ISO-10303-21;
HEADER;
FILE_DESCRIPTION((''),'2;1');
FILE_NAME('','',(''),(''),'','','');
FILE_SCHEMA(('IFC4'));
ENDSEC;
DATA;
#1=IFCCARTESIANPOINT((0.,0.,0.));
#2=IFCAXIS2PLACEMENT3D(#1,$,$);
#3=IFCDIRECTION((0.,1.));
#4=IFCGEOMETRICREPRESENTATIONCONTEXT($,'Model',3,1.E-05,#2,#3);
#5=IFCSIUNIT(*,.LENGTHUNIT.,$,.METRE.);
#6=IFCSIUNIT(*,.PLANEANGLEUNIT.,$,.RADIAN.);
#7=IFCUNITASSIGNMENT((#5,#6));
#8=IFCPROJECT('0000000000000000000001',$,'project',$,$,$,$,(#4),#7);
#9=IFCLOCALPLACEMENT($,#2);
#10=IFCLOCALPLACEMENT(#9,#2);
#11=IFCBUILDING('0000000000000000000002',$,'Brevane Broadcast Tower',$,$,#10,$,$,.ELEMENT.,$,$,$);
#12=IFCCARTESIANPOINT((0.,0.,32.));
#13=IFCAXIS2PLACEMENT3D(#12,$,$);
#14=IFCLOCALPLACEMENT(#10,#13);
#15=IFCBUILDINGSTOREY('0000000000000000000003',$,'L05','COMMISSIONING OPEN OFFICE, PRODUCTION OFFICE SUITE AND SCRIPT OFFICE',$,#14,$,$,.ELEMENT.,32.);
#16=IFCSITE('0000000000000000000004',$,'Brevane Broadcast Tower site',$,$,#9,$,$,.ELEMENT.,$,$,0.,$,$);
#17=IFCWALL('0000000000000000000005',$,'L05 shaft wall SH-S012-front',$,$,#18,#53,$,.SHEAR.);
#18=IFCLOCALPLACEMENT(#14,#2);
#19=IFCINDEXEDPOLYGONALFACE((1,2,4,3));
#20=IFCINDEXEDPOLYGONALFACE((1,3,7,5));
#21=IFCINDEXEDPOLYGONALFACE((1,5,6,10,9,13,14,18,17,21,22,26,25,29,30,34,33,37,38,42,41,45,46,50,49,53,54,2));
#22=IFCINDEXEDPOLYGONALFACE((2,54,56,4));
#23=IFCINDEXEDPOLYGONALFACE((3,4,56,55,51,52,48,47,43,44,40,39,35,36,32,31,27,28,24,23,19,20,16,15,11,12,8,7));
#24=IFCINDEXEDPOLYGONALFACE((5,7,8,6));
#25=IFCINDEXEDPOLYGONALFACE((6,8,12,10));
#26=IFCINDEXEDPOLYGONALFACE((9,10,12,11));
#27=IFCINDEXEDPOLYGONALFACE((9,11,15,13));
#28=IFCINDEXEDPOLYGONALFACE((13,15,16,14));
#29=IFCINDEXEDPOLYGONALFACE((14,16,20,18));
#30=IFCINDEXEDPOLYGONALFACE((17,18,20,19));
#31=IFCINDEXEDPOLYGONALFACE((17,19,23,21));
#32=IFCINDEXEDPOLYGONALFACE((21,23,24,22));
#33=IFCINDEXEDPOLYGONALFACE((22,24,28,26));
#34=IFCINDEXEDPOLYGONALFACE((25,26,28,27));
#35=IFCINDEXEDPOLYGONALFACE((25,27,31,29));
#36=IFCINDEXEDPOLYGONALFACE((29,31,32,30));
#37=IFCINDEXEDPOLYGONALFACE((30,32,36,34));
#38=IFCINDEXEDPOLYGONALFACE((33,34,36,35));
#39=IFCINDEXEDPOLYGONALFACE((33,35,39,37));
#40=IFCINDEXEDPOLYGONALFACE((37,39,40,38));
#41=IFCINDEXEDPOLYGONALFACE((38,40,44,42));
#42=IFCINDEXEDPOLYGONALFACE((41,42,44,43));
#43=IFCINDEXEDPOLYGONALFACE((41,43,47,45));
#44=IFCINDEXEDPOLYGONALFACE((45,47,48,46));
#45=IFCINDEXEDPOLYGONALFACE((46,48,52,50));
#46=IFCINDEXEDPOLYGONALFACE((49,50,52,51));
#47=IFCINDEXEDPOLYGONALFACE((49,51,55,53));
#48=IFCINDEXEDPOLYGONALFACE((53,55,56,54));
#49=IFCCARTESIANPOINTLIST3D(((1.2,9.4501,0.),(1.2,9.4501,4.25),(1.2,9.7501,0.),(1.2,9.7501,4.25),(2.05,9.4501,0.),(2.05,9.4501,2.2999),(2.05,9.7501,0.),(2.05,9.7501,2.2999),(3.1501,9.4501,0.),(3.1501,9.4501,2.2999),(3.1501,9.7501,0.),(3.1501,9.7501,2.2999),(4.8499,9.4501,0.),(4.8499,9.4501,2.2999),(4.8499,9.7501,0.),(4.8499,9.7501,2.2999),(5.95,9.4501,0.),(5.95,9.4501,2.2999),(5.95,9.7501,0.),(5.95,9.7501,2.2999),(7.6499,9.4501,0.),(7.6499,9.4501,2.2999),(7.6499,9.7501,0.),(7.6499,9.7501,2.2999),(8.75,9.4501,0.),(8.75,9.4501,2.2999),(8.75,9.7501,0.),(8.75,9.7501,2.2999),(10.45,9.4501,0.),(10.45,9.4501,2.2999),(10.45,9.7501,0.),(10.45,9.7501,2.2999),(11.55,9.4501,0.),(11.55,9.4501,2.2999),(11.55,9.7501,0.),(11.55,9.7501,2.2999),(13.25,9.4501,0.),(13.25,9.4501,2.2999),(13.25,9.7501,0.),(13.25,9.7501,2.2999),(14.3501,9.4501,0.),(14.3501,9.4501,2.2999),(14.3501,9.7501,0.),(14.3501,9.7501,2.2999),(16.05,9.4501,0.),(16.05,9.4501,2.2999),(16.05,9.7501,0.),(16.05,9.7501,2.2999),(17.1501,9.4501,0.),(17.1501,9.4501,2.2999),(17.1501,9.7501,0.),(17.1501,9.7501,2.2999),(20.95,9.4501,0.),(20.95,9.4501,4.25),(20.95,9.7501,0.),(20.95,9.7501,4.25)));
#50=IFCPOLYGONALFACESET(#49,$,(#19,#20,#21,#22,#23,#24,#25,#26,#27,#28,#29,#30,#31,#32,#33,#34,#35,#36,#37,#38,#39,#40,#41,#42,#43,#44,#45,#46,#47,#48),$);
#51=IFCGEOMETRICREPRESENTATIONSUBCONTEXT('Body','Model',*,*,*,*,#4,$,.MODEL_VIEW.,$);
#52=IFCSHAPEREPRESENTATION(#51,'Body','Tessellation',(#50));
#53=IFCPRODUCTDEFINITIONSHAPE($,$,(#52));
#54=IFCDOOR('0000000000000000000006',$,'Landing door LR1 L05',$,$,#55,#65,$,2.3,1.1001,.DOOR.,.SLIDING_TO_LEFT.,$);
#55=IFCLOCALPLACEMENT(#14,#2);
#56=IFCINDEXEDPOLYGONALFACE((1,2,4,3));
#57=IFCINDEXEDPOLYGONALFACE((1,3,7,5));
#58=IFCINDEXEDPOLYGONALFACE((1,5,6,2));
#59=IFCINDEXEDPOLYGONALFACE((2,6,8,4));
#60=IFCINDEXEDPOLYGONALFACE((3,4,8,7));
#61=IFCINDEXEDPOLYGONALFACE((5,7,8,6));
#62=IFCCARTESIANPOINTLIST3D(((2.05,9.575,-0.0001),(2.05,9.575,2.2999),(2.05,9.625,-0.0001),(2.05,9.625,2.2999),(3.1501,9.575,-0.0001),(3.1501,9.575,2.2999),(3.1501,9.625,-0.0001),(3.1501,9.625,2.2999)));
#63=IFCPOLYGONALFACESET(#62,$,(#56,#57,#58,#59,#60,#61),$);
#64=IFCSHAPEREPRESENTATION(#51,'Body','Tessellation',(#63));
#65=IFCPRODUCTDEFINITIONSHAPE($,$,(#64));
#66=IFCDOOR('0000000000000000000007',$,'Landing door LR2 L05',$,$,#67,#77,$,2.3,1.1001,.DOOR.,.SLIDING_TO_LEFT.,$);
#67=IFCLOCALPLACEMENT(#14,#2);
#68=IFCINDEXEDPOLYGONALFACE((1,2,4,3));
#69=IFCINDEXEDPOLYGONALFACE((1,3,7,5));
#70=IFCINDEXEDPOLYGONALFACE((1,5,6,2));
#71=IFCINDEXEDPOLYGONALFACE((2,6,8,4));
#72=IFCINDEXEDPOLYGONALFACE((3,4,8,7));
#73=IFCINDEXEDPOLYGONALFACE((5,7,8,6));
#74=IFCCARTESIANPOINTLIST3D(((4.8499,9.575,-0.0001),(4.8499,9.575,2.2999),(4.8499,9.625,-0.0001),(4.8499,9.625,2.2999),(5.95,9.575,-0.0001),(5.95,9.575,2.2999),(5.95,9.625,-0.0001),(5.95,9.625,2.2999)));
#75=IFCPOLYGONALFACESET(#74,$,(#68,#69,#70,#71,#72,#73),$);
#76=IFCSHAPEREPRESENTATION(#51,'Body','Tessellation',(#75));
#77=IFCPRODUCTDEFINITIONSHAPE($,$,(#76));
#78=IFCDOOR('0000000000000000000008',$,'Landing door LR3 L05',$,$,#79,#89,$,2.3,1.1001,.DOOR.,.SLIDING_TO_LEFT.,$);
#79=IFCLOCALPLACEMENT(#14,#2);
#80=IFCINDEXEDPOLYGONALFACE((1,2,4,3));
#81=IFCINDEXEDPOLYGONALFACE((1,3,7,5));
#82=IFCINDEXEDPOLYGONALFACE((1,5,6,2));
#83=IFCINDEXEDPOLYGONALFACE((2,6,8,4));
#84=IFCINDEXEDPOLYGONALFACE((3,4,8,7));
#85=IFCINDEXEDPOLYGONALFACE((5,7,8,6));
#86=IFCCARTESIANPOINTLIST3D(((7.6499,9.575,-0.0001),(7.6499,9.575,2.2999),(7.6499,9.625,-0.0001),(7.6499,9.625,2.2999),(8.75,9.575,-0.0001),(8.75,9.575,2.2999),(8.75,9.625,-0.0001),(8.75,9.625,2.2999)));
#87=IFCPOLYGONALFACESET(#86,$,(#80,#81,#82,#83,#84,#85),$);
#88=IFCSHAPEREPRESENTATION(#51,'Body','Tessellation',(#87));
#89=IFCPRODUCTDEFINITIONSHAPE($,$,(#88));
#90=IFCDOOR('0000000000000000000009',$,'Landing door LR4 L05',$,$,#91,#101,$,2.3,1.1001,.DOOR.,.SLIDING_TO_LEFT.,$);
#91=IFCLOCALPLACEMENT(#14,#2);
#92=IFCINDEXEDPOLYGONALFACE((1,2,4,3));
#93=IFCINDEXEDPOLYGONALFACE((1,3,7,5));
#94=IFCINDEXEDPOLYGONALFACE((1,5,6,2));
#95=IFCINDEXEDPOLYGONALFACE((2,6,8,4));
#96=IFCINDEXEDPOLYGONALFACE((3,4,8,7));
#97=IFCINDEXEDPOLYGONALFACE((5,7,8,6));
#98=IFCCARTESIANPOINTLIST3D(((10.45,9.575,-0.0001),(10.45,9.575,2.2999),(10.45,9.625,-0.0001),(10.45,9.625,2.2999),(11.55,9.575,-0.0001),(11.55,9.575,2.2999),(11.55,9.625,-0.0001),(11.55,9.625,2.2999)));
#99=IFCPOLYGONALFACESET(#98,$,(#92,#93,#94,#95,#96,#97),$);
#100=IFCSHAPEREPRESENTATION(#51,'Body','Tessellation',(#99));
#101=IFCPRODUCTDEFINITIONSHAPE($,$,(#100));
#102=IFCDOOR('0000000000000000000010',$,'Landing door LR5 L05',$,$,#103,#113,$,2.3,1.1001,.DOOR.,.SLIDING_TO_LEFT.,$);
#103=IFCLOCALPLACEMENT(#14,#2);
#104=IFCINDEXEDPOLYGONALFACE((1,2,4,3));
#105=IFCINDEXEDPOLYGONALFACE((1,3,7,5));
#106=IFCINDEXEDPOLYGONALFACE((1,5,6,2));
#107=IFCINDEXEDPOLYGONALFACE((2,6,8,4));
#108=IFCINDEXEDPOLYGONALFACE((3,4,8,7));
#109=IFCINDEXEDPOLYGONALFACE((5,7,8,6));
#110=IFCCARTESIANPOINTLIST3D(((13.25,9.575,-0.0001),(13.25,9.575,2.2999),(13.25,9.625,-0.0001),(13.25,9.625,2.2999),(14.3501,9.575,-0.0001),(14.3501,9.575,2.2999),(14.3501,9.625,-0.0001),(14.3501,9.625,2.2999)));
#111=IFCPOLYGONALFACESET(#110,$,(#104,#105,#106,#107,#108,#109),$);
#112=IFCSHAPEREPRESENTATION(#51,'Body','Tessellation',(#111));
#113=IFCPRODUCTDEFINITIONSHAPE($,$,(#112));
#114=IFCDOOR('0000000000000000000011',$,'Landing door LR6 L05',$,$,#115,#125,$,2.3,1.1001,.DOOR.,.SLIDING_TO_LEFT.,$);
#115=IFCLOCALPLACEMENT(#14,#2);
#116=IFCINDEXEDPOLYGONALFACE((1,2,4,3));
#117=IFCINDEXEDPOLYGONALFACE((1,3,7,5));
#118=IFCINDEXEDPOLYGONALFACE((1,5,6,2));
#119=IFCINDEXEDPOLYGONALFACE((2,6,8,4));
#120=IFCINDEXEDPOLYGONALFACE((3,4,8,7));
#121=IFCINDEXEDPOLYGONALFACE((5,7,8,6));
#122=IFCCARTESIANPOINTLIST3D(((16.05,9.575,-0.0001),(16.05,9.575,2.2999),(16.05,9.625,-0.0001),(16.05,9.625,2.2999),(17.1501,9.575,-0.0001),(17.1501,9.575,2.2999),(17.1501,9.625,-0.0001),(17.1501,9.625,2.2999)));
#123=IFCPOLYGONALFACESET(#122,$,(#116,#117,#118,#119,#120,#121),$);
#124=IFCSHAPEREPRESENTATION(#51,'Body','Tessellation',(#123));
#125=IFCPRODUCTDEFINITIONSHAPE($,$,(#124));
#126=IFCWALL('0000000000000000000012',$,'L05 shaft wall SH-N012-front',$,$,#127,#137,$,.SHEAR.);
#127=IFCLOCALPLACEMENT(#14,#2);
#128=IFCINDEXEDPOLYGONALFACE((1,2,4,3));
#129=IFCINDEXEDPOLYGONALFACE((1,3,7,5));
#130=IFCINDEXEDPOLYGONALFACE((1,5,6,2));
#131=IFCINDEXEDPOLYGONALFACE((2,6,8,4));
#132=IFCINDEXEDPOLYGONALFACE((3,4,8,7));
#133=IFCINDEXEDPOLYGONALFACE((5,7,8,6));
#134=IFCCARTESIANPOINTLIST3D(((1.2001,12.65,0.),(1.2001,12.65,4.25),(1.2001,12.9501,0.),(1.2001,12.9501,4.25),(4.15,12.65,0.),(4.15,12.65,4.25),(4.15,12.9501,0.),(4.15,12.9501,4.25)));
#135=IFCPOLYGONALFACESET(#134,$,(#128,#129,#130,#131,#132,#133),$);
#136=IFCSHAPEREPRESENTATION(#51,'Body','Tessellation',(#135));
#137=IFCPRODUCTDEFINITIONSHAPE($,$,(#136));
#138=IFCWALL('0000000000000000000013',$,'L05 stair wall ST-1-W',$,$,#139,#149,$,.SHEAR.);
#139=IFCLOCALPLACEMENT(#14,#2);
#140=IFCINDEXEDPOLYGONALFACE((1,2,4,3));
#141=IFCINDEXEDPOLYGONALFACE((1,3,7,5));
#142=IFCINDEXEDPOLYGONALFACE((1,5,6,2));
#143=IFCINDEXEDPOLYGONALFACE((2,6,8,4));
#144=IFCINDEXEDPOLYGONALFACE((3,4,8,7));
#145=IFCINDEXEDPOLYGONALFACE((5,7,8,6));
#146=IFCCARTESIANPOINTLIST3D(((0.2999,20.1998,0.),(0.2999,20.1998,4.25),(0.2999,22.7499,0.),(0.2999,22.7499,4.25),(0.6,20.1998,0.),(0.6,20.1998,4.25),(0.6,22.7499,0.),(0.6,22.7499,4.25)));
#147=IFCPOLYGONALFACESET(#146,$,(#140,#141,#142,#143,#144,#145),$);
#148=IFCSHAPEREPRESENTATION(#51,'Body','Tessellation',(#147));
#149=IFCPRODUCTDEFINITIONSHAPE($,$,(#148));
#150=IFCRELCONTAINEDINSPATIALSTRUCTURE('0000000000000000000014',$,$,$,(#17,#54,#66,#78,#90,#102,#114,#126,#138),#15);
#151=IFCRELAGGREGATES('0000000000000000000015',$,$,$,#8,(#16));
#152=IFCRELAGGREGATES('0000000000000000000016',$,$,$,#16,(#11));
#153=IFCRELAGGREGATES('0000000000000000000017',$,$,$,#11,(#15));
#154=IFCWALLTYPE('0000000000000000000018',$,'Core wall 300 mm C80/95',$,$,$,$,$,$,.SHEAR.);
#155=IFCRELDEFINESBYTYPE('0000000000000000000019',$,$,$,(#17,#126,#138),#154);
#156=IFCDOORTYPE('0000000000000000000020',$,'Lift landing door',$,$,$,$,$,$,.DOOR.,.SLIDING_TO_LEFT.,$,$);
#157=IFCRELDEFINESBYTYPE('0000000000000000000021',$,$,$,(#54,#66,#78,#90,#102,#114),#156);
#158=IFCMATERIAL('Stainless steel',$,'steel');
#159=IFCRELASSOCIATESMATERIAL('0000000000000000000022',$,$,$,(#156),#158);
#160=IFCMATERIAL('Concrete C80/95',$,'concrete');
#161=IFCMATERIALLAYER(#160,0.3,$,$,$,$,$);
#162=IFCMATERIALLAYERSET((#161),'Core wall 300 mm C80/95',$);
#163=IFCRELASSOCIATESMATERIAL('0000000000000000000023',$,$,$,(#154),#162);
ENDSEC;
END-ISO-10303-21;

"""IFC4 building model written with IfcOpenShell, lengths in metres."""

from ifc_helpers import new_model, si_unit, direction, frame, frame_2d, origin, place, context, subcontext, project, spatial, rectangle, extrude, material, layer, layer_set, type_object, element, fill, save


model = new_model("IFC4")

# Units and contexts
model_context = context("Model", 3, precision=1e-05, world=origin(), true_north=direction((0.0, 1.0)))
body_context = subcontext(model_context, "Body", "Model", "MODEL_VIEW")
ifc_project = project(units=[si_unit("LENGTHUNIT", "METRE"), si_unit("PLANEANGLEUNIT", "RADIAN")], contexts=[model_context])

# Site, building, storey
site_placement = place(None, origin())
site = spatial("IfcSite", under=ifc_project, at=site_placement, Name="Brevane Broadcast Tower site", CompositionType="ELEMENT", RefElevation=0.0)
building_placement = place(site_placement, origin())
building = spatial("IfcBuilding", under=site, at=building_placement, Name="Brevane Broadcast Tower", CompositionType="ELEMENT")
storey_placement = place(building_placement, frame((0.0, 0.0, 32.0)))
storey = spatial("IfcBuildingStorey", under=building, at=storey_placement, Name="L05", Description="COMMISSIONING OPEN OFFICE, PRODUCTION OFFICE SUITE AND SCRIPT OFFICE", CompositionType="ELEMENT", Elevation=32.0)

# Shared definitions
ifc_material_1 = material(Name="Concrete C80/95", Category="concrete")
ifc_material_2 = material(Name="Stainless steel", Category="steel")
door_type = type_object("IfcDoorType", Name="Lift landing door", OperationType="SLIDING_TO_LEFT", PredefinedType="DOOR", material=ifc_material_2)

# Wall, openings, doors
ifc_layer_1 = layer(ifc_material_1, 0.3)
ifc_layer_set_1 = layer_set([ifc_layer_1], Name="Core wall 300 mm C80/95")
wall_type_1 = type_object("IfcWallType", Name="Core wall 300 mm C80/95", PredefinedType="SHEAR", material=ifc_layer_set_1)
wall_1_placement = place(storey_placement, frame((1.2, 9.6001, 0.0), z_axis=(0.0, 0.0, 1.0), x_axis=(1.0, 0.0, 0.0)))
wall_1 = element("IfcWall", 1, at=wall_1_placement, inside=storey, type_object=wall_type_1, Name="L05 shaft wall SH-S012-front", PredefinedType="SHEAR", context=body_context, shape_type="SweptSolid", body=[
    extrude(rectangle(XDim=19.75, YDim=0.3, at=frame_2d((9.875, 0.0))), origin(), (0.0, 0.0, 1.0), 4.25),
])
opening_1_placement = place(wall_1_placement, frame((0.8501, 0.0, 0.0)))
opening_1 = element("IfcOpeningElement", 2, at=opening_1_placement, cuts=wall_1, PredefinedType="OPENING", context=body_context, shape_type="SweptSolid", body=[
    extrude(rectangle(XDim=1.1001, YDim=2.3, at=frame_2d((0.55, 1.1499))), frame((0.0, 0.1599, 0.0), z_axis=(0.0, -1.0, 0.0), x_axis=(1.0, 0.0, 0.0)), (0.0, 0.0, 1.0), 0.3201),
])
opening_2_placement = place(wall_1_placement, frame((3.6499, 0.0, 0.0)))
opening_2 = element("IfcOpeningElement", 3, at=opening_2_placement, cuts=wall_1, PredefinedType="OPENING", context=body_context, shape_type="SweptSolid", body=[
    extrude(rectangle(XDim=1.1001, YDim=2.3, at=frame_2d((0.55, 1.1499))), frame((0.0, 0.1599, 0.0), z_axis=(0.0, -1.0, 0.0), x_axis=(1.0, 0.0, 0.0)), (0.0, 0.0, 1.0), 0.3201),
])
opening_3_placement = place(wall_1_placement, frame((6.45, 0.0, 0.0)))
opening_3 = element("IfcOpeningElement", 4, at=opening_3_placement, cuts=wall_1, PredefinedType="OPENING", context=body_context, shape_type="SweptSolid", body=[
    extrude(rectangle(XDim=1.1001, YDim=2.3, at=frame_2d((0.55, 1.1499))), frame((0.0, 0.1599, 0.0), z_axis=(0.0, -1.0, 0.0), x_axis=(1.0, 0.0, 0.0)), (0.0, 0.0, 1.0), 0.3201),
])
opening_4_placement = place(wall_1_placement, frame((9.25, 0.0, 0.0)))
opening_4 = element("IfcOpeningElement", 5, at=opening_4_placement, cuts=wall_1, PredefinedType="OPENING", context=body_context, shape_type="SweptSolid", body=[
    extrude(rectangle(XDim=1.1001, YDim=2.3, at=frame_2d((0.55, 1.1499))), frame((0.0, 0.1599, 0.0), z_axis=(0.0, -1.0, 0.0), x_axis=(1.0, 0.0, 0.0)), (0.0, 0.0, 1.0), 0.3201),
])
opening_5_placement = place(wall_1_placement, frame((12.05, 0.0, 0.0)))
opening_5 = element("IfcOpeningElement", 6, at=opening_5_placement, cuts=wall_1, PredefinedType="OPENING", context=body_context, shape_type="SweptSolid", body=[
    extrude(rectangle(XDim=1.1001, YDim=2.3, at=frame_2d((0.55, 1.1499))), frame((0.0, 0.1599, 0.0), z_axis=(0.0, -1.0, 0.0), x_axis=(1.0, 0.0, 0.0)), (0.0, 0.0, 1.0), 0.3201),
])
opening_6_placement = place(wall_1_placement, frame((14.8501, 0.0, 0.0)))
opening_6 = element("IfcOpeningElement", 7, at=opening_6_placement, cuts=wall_1, PredefinedType="OPENING", context=body_context, shape_type="SweptSolid", body=[
    extrude(rectangle(XDim=1.1001, YDim=2.3, at=frame_2d((0.55, 1.1499))), frame((0.0, 0.1599, 0.0), z_axis=(0.0, -1.0, 0.0), x_axis=(1.0, 0.0, 0.0)), (0.0, 0.0, 1.0), 0.3201),
])
door_1_placement = place(opening_1_placement, origin())
door_1 = element("IfcDoor", 8, at=door_1_placement, inside=storey, type_object=door_type, Name="Landing door LR1 L05", OperationType="SLIDING_TO_LEFT", OverallHeight=2.3, OverallWidth=1.1001, PredefinedType="DOOR", context=body_context, shape_type="SweptSolid", body=[
    extrude(rectangle(XDim=1.1001, YDim=2.3, at=frame_2d((0.55, 1.1499))), frame((0.0, 0.0249, 0.0), z_axis=(0.0, -1.0, 0.0), x_axis=(1.0, 0.0, 0.0)), (0.0, 0.0, 1.0), 0.05),
])
fill(opening_1, door_1)
door_2_placement = place(opening_2_placement, origin())
door_2 = element("IfcDoor", 9, at=door_2_placement, inside=storey, type_object=door_type, Name="Landing door LR2 L05", OperationType="SLIDING_TO_LEFT", OverallHeight=2.3, OverallWidth=1.1001, PredefinedType="DOOR", context=body_context, shape_type="SweptSolid", body=[
    extrude(rectangle(XDim=1.1001, YDim=2.3, at=frame_2d((0.55, 1.1499))), frame((0.0, 0.0249, 0.0), z_axis=(0.0, -1.0, 0.0), x_axis=(1.0, 0.0, 0.0)), (0.0, 0.0, 1.0), 0.05),
])
fill(opening_2, door_2)
door_3_placement = place(opening_3_placement, origin())
door_3 = element("IfcDoor", 10, at=door_3_placement, inside=storey, type_object=door_type, Name="Landing door LR3 L05", OperationType="SLIDING_TO_LEFT", OverallHeight=2.3, OverallWidth=1.1001, PredefinedType="DOOR", context=body_context, shape_type="SweptSolid", body=[
    extrude(rectangle(XDim=1.1001, YDim=2.3, at=frame_2d((0.55, 1.1499))), frame((0.0, 0.0249, 0.0), z_axis=(0.0, -1.0, 0.0), x_axis=(1.0, 0.0, 0.0)), (0.0, 0.0, 1.0), 0.05),
])
fill(opening_3, door_3)
door_4_placement = place(opening_4_placement, origin())
door_4 = element("IfcDoor", 11, at=door_4_placement, inside=storey, type_object=door_type, Name="Landing door LR4 L05", OperationType="SLIDING_TO_LEFT", OverallHeight=2.3, OverallWidth=1.1001, PredefinedType="DOOR", context=body_context, shape_type="SweptSolid", body=[
    extrude(rectangle(XDim=1.1001, YDim=2.3, at=frame_2d((0.55, 1.1499))), frame((0.0, 0.0249, 0.0), z_axis=(0.0, -1.0, 0.0), x_axis=(1.0, 0.0, 0.0)), (0.0, 0.0, 1.0), 0.05),
])
fill(opening_4, door_4)
door_5_placement = place(opening_5_placement, origin())
door_5 = element("IfcDoor", 12, at=door_5_placement, inside=storey, type_object=door_type, Name="Landing door LR5 L05", OperationType="SLIDING_TO_LEFT", OverallHeight=2.3, OverallWidth=1.1001, PredefinedType="DOOR", context=body_context, shape_type="SweptSolid", body=[
    extrude(rectangle(XDim=1.1001, YDim=2.3, at=frame_2d((0.55, 1.1499))), frame((0.0, 0.0249, 0.0), z_axis=(0.0, -1.0, 0.0), x_axis=(1.0, 0.0, 0.0)), (0.0, 0.0, 1.0), 0.05),
])
fill(opening_5, door_5)
door_6_placement = place(opening_6_placement, origin())
door_6 = element("IfcDoor", 13, at=door_6_placement, inside=storey, type_object=door_type, Name="Landing door LR6 L05", OperationType="SLIDING_TO_LEFT", OverallHeight=2.3, OverallWidth=1.1001, PredefinedType="DOOR", context=body_context, shape_type="SweptSolid", body=[
    extrude(rectangle(XDim=1.1001, YDim=2.3, at=frame_2d((0.55, 1.1499))), frame((0.0, 0.0249, 0.0), z_axis=(0.0, -1.0, 0.0), x_axis=(1.0, 0.0, 0.0)), (0.0, 0.0, 1.0), 0.05),
])
fill(opening_6, door_6)

# Walls
wall_2_placement = place(storey_placement, frame((1.2, 12.8, 0.0), z_axis=(0.0, 0.0, 1.0), x_axis=(1.0, 0.0, 0.0)))
element("IfcWall", 14, at=wall_2_placement, inside=storey, type_object=wall_type_1, Name="L05 shaft wall SH-N012-front", PredefinedType="SHEAR", context=body_context, shape_type="SweptSolid", body=[
    extrude(rectangle(XDim=2.95, YDim=0.3, at=frame_2d((1.4751, 0.0))), origin(), (0.0, 0.0, 1.0), 4.25),
])
wall_3_placement = place(storey_placement, frame((0.45, 20.2, 0.0), z_axis=(0.0, 0.0, 1.0), x_axis=(0.0, 1.0, 0.0)))
element("IfcWall", 15, at=wall_3_placement, inside=storey, type_object=wall_type_1, Name="L05 stair wall ST-1-W", PredefinedType="SHEAR", context=body_context, shape_type="SweptSolid", body=[
    extrude(rectangle(XDim=2.55, YDim=0.3, at=frame_2d((1.2749, 0.0))), origin(), (0.0, 0.0, 1.0), 4.25),
])

save(model, "model.ifc")
